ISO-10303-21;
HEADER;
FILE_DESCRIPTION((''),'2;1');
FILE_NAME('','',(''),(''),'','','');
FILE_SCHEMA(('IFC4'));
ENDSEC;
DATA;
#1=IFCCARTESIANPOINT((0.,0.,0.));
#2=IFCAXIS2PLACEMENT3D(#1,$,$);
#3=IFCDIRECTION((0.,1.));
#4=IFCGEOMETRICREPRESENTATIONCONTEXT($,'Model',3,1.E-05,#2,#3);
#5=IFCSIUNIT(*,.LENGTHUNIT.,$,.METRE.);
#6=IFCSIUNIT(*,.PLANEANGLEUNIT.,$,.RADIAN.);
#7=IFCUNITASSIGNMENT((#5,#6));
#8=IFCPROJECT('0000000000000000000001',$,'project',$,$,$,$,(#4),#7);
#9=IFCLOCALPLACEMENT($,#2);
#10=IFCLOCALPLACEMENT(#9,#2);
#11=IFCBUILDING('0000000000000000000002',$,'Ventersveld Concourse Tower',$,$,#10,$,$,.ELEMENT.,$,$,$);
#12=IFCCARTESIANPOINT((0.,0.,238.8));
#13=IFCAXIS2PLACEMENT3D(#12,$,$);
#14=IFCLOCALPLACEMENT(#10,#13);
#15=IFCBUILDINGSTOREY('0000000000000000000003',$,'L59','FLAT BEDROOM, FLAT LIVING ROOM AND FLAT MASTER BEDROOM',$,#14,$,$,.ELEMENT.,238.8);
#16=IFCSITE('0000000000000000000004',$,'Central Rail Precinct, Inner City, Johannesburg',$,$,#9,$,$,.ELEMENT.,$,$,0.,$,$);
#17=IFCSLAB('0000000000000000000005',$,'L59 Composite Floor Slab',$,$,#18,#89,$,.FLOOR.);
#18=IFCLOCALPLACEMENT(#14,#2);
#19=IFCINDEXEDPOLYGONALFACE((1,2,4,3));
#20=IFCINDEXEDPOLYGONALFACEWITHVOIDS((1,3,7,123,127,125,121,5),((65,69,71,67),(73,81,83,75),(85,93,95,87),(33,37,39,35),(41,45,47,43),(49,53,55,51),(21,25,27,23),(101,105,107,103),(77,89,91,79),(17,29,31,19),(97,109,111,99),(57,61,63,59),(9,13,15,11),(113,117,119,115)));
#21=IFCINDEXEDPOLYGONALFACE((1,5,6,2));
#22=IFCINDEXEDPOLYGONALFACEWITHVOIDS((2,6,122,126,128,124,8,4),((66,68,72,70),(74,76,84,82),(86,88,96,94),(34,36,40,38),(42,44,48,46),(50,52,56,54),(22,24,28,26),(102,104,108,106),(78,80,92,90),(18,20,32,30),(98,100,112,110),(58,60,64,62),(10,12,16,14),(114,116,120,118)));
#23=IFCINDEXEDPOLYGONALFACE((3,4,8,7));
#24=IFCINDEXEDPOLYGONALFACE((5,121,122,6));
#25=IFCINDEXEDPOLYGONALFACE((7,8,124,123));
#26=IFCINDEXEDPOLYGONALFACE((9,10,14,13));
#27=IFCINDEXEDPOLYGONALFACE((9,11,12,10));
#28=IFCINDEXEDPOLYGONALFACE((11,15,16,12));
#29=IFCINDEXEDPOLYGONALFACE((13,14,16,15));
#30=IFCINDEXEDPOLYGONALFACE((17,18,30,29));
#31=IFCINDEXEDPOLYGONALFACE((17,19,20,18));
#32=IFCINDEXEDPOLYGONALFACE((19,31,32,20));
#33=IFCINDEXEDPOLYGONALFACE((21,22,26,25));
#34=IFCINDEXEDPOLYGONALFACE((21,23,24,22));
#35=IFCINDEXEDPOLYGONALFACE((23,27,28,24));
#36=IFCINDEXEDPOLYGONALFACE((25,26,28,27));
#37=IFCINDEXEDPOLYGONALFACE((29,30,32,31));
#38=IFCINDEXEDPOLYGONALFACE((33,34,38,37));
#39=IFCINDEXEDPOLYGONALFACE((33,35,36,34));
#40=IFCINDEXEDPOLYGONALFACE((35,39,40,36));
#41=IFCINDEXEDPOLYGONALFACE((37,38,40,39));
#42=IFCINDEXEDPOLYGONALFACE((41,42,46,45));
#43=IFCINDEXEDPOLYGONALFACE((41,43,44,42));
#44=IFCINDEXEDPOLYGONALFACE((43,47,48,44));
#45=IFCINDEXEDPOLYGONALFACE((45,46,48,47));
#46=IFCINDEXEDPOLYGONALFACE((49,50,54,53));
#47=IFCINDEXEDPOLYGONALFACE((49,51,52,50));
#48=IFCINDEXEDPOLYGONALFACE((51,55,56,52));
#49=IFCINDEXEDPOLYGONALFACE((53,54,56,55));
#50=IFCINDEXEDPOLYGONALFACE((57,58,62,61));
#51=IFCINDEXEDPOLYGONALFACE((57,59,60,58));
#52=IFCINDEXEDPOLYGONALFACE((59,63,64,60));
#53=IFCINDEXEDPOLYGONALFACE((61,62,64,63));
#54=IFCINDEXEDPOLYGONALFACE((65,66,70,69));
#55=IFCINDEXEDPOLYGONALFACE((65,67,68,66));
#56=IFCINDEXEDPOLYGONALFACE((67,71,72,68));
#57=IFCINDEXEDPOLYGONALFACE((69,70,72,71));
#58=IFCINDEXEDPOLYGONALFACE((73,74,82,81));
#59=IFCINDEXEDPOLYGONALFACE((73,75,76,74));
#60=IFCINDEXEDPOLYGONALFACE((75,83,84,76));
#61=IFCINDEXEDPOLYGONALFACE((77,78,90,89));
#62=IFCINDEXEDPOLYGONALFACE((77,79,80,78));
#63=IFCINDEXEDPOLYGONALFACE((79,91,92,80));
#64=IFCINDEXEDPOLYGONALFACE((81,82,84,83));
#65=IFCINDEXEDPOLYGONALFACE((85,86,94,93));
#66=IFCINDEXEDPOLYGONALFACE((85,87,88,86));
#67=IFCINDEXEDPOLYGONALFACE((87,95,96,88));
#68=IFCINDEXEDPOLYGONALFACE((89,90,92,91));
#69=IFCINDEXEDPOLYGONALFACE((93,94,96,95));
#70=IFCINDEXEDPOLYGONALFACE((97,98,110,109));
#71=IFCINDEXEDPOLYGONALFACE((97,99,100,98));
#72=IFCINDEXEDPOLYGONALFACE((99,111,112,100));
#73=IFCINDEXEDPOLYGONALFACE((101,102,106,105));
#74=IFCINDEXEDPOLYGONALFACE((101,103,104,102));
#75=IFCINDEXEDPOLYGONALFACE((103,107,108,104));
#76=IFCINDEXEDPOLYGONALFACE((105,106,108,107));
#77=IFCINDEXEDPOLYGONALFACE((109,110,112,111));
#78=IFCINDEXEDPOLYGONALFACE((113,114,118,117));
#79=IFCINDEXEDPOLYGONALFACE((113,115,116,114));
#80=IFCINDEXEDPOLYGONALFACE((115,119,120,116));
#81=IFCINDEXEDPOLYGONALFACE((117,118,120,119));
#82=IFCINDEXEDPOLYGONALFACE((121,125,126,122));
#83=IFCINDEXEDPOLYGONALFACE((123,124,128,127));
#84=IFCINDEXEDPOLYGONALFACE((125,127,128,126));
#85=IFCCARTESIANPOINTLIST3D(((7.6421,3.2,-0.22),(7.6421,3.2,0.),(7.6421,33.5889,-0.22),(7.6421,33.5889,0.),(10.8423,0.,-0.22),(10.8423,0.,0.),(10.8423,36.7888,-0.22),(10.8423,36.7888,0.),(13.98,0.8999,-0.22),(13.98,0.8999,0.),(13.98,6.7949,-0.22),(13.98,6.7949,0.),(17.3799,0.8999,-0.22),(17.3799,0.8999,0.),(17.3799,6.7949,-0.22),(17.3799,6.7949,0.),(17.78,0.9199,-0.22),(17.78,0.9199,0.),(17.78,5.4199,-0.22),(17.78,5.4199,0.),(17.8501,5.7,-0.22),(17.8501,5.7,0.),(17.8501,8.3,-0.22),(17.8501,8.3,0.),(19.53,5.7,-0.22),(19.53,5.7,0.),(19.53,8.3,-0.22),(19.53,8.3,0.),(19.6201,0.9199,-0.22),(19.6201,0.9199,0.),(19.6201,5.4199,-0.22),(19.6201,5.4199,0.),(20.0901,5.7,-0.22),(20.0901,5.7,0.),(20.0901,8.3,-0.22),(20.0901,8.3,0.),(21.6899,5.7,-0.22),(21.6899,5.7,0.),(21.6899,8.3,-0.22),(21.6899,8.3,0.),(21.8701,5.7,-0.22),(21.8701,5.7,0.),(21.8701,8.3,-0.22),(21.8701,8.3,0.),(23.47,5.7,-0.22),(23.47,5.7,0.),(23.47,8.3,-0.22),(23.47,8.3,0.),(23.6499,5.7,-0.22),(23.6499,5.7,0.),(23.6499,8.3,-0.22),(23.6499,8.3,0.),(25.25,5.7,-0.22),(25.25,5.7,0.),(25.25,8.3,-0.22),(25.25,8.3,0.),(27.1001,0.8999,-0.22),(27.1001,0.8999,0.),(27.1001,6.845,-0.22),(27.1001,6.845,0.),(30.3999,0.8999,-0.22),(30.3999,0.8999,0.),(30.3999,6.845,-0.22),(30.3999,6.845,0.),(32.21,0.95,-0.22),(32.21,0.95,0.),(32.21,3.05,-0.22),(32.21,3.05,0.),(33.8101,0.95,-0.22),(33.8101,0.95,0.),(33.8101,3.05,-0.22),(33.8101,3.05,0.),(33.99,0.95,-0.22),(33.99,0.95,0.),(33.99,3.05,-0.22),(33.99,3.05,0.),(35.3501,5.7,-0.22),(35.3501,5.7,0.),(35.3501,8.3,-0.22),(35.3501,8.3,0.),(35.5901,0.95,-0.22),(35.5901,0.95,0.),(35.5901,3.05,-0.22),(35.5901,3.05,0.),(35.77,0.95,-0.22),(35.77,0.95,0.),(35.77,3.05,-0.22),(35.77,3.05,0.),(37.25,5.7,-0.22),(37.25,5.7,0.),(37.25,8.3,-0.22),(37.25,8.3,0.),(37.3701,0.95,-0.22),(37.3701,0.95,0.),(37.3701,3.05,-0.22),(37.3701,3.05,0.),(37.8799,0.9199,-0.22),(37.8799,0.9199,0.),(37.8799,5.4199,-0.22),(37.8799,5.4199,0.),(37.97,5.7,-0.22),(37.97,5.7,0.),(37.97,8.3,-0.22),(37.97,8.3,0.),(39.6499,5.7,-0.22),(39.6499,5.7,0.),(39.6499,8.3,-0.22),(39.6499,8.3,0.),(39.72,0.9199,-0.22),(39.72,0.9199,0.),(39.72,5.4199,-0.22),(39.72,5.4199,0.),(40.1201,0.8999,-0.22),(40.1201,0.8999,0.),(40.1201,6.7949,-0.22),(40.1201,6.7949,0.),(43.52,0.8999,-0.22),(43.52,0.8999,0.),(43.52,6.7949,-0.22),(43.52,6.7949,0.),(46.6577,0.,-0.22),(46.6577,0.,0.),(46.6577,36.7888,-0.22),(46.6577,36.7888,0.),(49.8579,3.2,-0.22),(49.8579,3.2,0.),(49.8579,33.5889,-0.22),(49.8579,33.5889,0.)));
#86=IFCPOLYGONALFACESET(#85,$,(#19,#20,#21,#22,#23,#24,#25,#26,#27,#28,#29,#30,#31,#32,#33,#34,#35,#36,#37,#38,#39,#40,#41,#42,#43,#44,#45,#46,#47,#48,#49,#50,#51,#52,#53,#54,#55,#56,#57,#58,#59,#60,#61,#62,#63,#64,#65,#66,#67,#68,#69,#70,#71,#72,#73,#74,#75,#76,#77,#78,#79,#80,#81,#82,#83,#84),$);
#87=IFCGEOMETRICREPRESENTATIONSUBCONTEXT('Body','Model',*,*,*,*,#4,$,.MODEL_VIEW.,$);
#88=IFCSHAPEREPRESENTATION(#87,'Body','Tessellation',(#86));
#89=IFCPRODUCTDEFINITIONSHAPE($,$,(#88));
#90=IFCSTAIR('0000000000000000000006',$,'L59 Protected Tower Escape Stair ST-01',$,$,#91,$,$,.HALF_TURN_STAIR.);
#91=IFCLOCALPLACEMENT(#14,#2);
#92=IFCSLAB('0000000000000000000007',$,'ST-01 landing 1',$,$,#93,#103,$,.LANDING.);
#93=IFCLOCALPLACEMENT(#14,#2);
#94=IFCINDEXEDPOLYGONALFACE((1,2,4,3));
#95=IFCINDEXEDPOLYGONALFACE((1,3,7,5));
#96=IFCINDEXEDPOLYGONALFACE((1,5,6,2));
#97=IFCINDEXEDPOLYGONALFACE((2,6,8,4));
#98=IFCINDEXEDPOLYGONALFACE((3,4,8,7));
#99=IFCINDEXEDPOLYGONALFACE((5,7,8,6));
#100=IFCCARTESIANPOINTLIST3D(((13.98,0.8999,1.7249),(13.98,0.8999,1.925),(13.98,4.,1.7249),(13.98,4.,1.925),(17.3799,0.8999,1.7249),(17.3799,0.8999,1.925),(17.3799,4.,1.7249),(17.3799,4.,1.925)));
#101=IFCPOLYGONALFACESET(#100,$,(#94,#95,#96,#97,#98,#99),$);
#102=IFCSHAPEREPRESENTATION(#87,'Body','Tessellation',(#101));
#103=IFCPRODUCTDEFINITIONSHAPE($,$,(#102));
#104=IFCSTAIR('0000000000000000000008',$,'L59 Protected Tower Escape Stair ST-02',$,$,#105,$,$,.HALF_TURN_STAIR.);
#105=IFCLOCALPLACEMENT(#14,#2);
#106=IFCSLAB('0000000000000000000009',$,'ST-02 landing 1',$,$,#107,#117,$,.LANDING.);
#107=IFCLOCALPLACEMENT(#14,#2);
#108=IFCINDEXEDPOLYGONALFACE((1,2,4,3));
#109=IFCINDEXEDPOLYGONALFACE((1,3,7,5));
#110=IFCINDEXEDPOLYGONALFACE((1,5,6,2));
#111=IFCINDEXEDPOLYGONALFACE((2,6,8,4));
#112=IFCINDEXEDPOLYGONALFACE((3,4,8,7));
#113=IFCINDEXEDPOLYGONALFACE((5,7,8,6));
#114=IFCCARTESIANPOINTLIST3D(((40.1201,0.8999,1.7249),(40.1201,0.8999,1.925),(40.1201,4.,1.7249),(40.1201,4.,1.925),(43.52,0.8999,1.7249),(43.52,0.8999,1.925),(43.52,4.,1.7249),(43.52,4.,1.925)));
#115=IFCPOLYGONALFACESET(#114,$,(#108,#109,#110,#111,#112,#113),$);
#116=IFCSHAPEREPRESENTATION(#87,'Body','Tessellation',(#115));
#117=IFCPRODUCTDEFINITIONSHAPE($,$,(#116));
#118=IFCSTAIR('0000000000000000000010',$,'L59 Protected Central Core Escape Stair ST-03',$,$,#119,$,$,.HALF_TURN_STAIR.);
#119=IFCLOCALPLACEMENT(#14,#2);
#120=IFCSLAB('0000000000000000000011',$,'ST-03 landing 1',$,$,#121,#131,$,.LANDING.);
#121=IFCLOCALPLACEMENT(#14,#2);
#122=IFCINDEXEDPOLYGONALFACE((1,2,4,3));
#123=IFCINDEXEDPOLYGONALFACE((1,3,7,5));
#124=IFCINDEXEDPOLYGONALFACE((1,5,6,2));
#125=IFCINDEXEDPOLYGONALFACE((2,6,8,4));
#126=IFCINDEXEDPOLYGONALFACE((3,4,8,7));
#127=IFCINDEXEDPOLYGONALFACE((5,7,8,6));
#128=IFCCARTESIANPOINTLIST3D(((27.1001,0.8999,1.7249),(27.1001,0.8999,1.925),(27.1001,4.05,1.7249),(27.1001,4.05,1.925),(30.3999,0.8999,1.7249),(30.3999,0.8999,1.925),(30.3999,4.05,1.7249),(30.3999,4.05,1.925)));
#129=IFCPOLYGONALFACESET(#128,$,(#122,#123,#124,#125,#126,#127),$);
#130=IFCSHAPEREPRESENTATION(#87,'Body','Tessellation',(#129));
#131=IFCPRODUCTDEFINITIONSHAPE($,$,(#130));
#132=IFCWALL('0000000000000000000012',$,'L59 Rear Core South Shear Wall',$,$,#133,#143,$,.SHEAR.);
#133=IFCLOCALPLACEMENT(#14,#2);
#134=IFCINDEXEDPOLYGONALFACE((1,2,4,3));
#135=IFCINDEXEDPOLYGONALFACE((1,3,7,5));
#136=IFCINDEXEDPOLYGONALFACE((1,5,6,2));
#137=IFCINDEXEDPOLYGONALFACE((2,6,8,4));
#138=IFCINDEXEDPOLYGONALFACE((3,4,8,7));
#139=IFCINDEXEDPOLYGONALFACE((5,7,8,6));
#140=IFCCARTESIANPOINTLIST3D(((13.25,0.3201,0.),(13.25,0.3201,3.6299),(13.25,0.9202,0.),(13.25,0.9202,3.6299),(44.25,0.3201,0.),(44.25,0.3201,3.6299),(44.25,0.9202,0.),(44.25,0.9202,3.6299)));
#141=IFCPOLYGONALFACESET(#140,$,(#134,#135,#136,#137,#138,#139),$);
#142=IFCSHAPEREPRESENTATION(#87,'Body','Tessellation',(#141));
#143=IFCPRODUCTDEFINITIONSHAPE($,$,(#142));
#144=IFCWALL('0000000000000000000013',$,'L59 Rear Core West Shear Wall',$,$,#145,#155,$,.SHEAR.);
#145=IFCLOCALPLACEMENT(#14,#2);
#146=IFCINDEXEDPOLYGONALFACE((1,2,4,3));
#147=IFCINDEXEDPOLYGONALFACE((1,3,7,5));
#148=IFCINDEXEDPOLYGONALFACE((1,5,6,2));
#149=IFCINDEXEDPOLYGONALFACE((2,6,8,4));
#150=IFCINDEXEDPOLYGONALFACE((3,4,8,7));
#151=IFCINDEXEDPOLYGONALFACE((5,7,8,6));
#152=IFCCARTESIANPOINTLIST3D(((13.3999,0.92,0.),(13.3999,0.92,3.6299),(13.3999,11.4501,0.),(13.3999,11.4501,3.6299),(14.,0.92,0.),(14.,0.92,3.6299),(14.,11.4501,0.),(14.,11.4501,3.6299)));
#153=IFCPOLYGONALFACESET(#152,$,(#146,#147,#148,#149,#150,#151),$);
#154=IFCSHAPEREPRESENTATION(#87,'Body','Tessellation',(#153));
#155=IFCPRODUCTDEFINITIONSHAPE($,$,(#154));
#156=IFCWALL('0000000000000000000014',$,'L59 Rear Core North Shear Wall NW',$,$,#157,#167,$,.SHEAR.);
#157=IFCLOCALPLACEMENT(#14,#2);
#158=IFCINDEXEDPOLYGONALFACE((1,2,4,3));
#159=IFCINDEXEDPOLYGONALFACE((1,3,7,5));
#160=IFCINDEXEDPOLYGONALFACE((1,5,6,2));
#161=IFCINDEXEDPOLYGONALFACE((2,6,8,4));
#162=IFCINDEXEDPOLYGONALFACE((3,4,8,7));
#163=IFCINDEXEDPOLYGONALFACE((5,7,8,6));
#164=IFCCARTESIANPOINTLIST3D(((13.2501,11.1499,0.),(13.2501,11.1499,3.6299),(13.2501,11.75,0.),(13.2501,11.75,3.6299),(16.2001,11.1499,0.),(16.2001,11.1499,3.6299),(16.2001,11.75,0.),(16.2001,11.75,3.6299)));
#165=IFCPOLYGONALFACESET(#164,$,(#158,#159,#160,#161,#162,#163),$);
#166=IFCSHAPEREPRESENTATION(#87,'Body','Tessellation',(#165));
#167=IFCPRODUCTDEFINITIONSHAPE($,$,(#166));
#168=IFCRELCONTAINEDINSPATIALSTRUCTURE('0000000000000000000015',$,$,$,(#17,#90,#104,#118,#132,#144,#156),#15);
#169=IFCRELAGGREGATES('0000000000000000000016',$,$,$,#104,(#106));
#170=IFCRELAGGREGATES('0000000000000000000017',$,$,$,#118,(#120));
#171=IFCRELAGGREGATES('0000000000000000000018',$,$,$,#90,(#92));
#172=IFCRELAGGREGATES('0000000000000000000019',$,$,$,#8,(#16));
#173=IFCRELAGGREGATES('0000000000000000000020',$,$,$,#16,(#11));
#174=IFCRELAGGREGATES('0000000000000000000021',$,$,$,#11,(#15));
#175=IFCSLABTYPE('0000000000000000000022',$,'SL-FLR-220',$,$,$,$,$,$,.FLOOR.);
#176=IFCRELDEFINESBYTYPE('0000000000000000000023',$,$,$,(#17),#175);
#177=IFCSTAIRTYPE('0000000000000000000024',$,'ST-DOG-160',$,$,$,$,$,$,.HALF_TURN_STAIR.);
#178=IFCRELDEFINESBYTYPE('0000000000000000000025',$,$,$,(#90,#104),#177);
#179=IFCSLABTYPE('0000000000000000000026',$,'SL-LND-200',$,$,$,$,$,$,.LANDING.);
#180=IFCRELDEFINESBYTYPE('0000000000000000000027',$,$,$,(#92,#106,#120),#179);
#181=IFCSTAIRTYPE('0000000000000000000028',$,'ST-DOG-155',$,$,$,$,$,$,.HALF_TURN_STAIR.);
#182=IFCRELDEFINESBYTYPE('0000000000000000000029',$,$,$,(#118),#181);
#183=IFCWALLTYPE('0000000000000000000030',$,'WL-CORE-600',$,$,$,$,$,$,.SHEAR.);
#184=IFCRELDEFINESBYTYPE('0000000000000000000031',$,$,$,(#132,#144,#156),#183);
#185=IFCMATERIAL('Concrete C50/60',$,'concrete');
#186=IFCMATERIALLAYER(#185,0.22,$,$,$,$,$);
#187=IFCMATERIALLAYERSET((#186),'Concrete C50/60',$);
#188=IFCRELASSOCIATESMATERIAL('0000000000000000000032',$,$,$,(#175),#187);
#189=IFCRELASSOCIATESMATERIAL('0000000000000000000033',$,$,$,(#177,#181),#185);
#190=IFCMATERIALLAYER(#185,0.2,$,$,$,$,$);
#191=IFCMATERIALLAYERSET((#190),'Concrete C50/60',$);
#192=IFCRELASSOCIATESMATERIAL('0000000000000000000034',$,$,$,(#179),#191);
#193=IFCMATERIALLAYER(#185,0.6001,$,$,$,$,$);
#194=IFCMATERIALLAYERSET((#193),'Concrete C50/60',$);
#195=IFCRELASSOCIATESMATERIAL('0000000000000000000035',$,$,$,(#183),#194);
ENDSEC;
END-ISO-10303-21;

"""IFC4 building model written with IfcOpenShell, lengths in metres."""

from ifc_helpers import new_model, si_unit, direction, frame, frame_2d, origin, place, context, subcontext, project, spatial, polyline, rectangle, outline, extrude, material, layer, layer_set, type_object, element, aggregate, save


model = new_model("IFC4")

# Units and contexts
model_context = context("Model", 3, precision=1e-05, world=origin(), true_north=direction((0.0, 1.0)))
body_context = subcontext(model_context, "Body", "Model", "MODEL_VIEW")
ifc_project = project(units=[si_unit("LENGTHUNIT", "METRE"), si_unit("PLANEANGLEUNIT", "RADIAN")], contexts=[model_context])

# Site, building, storey
site_placement = place(None, origin())
site = spatial("IfcSite", under=ifc_project, at=site_placement, Name="Central Rail Precinct, Inner City, Johannesburg", CompositionType="ELEMENT", RefElevation=0.0)
building_placement = place(site_placement, origin())
building = spatial("IfcBuilding", under=site, at=building_placement, Name="Ventersveld Concourse Tower", CompositionType="ELEMENT")
storey_placement = place(building_placement, frame((0.0, 0.0, 238.8)))
storey = spatial("IfcBuildingStorey", under=building, at=storey_placement, Name="L59", Description="FLAT BEDROOM, FLAT LIVING ROOM AND FLAT MASTER BEDROOM", CompositionType="ELEMENT", Elevation=238.8)

# Shared definitions
ifc_material_1 = material(Name="Concrete C50/60", Category="concrete")

# Slab
ifc_layer_1 = layer(ifc_material_1, 0.22)
ifc_layer_set_1 = layer_set([ifc_layer_1], Name="Concrete C50/60")
slab_type_1 = type_object("IfcSlabType", Name="SL-FLR-220", PredefinedType="FLOOR", material=ifc_layer_set_1)
slab_1_placement = place(storey_placement, frame((0.0, 0.0, -0.22)))
element("IfcSlab", 1, at=slab_1_placement, inside=storey, type_object=slab_type_1, Name="L59 Composite Floor Slab", PredefinedType="FLOOR", context=body_context, shape_type="SweptSolid", body=[
    extrude(outline(polyline([(10.8423, 0.0), (46.6577, 0.0), (49.8579, 3.2), (49.8579, 33.5889), (46.6577, 36.7888), (10.8423, 36.7888), (7.6421, 33.5889), (7.6421, 3.2), (10.8423, 0.0)]), holes=[polyline([(13.98, 6.7949), (13.98, 0.8999), (17.3799, 0.8999), (17.3799, 6.7949), (13.98, 6.7949)]), polyline([(40.1201, 6.7949), (40.1201, 0.8999), (43.52, 0.8999), (43.52, 6.7949), (40.1201, 6.7949)]), polyline([(27.1001, 6.845), (27.1001, 0.8999), (30.3999, 0.8999), (30.3999, 6.845), (27.1001, 6.845)]), polyline([(17.8501, 5.7), (19.53, 5.7), (19.53, 8.3), (17.8501, 8.3), (17.8501, 5.7)]), polyline([(37.97, 5.7), (39.6499, 5.7), (39.6499, 8.3), (37.97, 8.3), (37.97, 5.7)]), polyline([(35.3501, 5.7), (37.25, 5.7), (37.25, 8.3), (35.3501, 8.3), (35.3501, 5.7)]), polyline([(32.21, 0.95), (33.8101, 0.95), (33.8101, 3.05), (32.21, 3.05), (32.21, 0.95)]), polyline([(33.99, 0.95), (35.5901, 0.95), (35.5901, 3.05), (33.99, 3.05), (33.99, 0.95)]), polyline([(35.77, 0.95), (37.3701, 0.95), (37.3701, 3.05), (35.77, 3.05), (35.77, 0.95)]), polyline([(20.0901, 5.7), (21.6899, 5.7), (21.6899, 8.3), (20.0901, 8.3), (20.0901, 5.7)]), polyline([(21.8701, 5.7), (23.47, 5.7), (23.47, 8.3), (21.8701, 8.3), (21.8701, 5.7)]), polyline([(23.6499, 5.7), (25.25, 5.7), (25.25, 8.3), (23.6499, 8.3), (23.6499, 5.7)]), polyline([(17.78, 0.9199), (19.6201, 0.9199), (19.6201, 5.4199), (17.78, 5.4199), (17.78, 0.9199)]), polyline([(37.8799, 0.9199), (39.72, 0.9199), (39.72, 5.4199), (37.8799, 5.4199), (37.8799, 0.9199)])]), origin(), (0.0, 0.0, 1.0), 0.22),
])

# Stairs, slabs
stair_type_1 = type_object("IfcStairType", Name="ST-DOG-160", PredefinedType="HALF_TURN_STAIR", material=ifc_material_1)
stair_1_placement = place(storey_placement, origin())
stair_1 = element("IfcStair", 2, at=stair_1_placement, inside=storey, type_object=stair_type_1, Name="L59 Protected Tower Escape Stair ST-01", PredefinedType="HALF_TURN_STAIR")
ifc_layer_2 = layer(ifc_material_1, 0.2)
ifc_layer_set_2 = layer_set([ifc_layer_2], Name="Concrete C50/60")
slab_type_2 = type_object("IfcSlabType", Name="SL-LND-200", PredefinedType="LANDING", material=ifc_layer_set_2)
slab_2_placement = place(storey_placement, frame((0.0, 0.0, 1.7249)))
slab_2 = element("IfcSlab", 3, at=slab_2_placement, type_object=slab_type_2, Name="ST-01 landing 1", PredefinedType="LANDING", context=body_context, shape_type="SweptSolid", body=[
    extrude(outline(polyline([(13.98, 4.0), (13.98, 0.8999), (17.3799, 0.8999), (17.3799, 4.0), (13.98, 4.0)])), origin(), (0.0, 0.0, 1.0), 0.2002),
])
stair_2_placement = place(storey_placement, origin())
stair_2 = element("IfcStair", 4, at=stair_2_placement, inside=storey, type_object=stair_type_1, Name="L59 Protected Tower Escape Stair ST-02", PredefinedType="HALF_TURN_STAIR")
slab_3_placement = place(storey_placement, frame((0.0, 0.0, 1.7249)))
slab_3 = element("IfcSlab", 5, at=slab_3_placement, type_object=slab_type_2, Name="ST-02 landing 1", PredefinedType="LANDING", context=body_context, shape_type="SweptSolid", body=[
    extrude(outline(polyline([(40.1201, 4.0), (40.1201, 0.8999), (43.52, 0.8999), (43.52, 4.0), (40.1201, 4.0)])), origin(), (0.0, 0.0, 1.0), 0.2002),
])
aggregate(stair_2, [slab_3])
stair_type_2 = type_object("IfcStairType", Name="ST-DOG-155", PredefinedType="HALF_TURN_STAIR", material=ifc_material_1)
stair_3_placement = place(storey_placement, origin())
stair_3 = element("IfcStair", 6, at=stair_3_placement, inside=storey, type_object=stair_type_2, Name="L59 Protected Central Core Escape Stair ST-03", PredefinedType="HALF_TURN_STAIR")
slab_4_placement = place(storey_placement, frame((0.0, 0.0, 1.7249)))
slab_4 = element("IfcSlab", 7, at=slab_4_placement, type_object=slab_type_2, Name="ST-03 landing 1", PredefinedType="LANDING", context=body_context, shape_type="SweptSolid", body=[
    extrude(outline(polyline([(27.1001, 4.05), (27.1001, 0.8999), (30.3999, 0.8999), (30.3999, 4.05), (27.1001, 4.05)])), origin(), (0.0, 0.0, 1.0), 0.2002),
])
aggregate(stair_3, [slab_4])

# Walls
ifc_layer_3 = layer(ifc_material_1, 0.6001)
ifc_layer_set_3 = layer_set([ifc_layer_3], Name="Concrete C50/60")
wall_type_1 = type_object("IfcWallType", Name="WL-CORE-600", PredefinedType="SHEAR", material=ifc_layer_set_3)
wall_1_placement = place(storey_placement, frame((13.25, 0.6201, 0.0), z_axis=(0.0, 0.0, 1.0), x_axis=(1.0, 0.0, 0.0)))
element("IfcWall", 8, at=wall_1_placement, inside=storey, type_object=wall_type_1, Name="L59 Rear Core South Shear Wall", PredefinedType="SHEAR", context=body_context, shape_type="SweptSolid", body=[
    extrude(rectangle(XDim=31.0, YDim=0.6001, at=frame_2d((15.5, 0.0))), origin(), (0.0, 0.0, 1.0), 3.6299),
])
wall_2_placement = place(storey_placement, frame((13.7, 0.9199, 0.0), z_axis=(0.0, 0.0, 1.0), x_axis=(0.0, 1.0, 0.0)))
element("IfcWall", 9, at=wall_2_placement, inside=storey, type_object=wall_type_1, Name="L59 Rear Core West Shear Wall", PredefinedType="SHEAR", context=body_context, shape_type="SweptSolid", body=[
    extrude(rectangle(XDim=10.53, YDim=0.6001, at=frame_2d((5.2651, 0.0))), origin(), (0.0, 0.0, 1.0), 3.6299),
])
wall_3_placement = place(storey_placement, frame((13.25, 11.45, 0.0), z_axis=(0.0, 0.0, 1.0), x_axis=(1.0, 0.0, 0.0)))
element("IfcWall", 10, at=wall_3_placement, inside=storey, type_object=wall_type_1, Name="L59 Rear Core North Shear Wall NW", PredefinedType="SHEAR", context=body_context, shape_type="SweptSolid", body=[
    extrude(rectangle(XDim=2.95, YDim=0.6001, at=frame_2d((1.4751, 0.0))), origin(), (0.0, 0.0, 1.0), 3.6299),
])

aggregate(stair_1, [slab_2])

save(model, "model.ifc")
